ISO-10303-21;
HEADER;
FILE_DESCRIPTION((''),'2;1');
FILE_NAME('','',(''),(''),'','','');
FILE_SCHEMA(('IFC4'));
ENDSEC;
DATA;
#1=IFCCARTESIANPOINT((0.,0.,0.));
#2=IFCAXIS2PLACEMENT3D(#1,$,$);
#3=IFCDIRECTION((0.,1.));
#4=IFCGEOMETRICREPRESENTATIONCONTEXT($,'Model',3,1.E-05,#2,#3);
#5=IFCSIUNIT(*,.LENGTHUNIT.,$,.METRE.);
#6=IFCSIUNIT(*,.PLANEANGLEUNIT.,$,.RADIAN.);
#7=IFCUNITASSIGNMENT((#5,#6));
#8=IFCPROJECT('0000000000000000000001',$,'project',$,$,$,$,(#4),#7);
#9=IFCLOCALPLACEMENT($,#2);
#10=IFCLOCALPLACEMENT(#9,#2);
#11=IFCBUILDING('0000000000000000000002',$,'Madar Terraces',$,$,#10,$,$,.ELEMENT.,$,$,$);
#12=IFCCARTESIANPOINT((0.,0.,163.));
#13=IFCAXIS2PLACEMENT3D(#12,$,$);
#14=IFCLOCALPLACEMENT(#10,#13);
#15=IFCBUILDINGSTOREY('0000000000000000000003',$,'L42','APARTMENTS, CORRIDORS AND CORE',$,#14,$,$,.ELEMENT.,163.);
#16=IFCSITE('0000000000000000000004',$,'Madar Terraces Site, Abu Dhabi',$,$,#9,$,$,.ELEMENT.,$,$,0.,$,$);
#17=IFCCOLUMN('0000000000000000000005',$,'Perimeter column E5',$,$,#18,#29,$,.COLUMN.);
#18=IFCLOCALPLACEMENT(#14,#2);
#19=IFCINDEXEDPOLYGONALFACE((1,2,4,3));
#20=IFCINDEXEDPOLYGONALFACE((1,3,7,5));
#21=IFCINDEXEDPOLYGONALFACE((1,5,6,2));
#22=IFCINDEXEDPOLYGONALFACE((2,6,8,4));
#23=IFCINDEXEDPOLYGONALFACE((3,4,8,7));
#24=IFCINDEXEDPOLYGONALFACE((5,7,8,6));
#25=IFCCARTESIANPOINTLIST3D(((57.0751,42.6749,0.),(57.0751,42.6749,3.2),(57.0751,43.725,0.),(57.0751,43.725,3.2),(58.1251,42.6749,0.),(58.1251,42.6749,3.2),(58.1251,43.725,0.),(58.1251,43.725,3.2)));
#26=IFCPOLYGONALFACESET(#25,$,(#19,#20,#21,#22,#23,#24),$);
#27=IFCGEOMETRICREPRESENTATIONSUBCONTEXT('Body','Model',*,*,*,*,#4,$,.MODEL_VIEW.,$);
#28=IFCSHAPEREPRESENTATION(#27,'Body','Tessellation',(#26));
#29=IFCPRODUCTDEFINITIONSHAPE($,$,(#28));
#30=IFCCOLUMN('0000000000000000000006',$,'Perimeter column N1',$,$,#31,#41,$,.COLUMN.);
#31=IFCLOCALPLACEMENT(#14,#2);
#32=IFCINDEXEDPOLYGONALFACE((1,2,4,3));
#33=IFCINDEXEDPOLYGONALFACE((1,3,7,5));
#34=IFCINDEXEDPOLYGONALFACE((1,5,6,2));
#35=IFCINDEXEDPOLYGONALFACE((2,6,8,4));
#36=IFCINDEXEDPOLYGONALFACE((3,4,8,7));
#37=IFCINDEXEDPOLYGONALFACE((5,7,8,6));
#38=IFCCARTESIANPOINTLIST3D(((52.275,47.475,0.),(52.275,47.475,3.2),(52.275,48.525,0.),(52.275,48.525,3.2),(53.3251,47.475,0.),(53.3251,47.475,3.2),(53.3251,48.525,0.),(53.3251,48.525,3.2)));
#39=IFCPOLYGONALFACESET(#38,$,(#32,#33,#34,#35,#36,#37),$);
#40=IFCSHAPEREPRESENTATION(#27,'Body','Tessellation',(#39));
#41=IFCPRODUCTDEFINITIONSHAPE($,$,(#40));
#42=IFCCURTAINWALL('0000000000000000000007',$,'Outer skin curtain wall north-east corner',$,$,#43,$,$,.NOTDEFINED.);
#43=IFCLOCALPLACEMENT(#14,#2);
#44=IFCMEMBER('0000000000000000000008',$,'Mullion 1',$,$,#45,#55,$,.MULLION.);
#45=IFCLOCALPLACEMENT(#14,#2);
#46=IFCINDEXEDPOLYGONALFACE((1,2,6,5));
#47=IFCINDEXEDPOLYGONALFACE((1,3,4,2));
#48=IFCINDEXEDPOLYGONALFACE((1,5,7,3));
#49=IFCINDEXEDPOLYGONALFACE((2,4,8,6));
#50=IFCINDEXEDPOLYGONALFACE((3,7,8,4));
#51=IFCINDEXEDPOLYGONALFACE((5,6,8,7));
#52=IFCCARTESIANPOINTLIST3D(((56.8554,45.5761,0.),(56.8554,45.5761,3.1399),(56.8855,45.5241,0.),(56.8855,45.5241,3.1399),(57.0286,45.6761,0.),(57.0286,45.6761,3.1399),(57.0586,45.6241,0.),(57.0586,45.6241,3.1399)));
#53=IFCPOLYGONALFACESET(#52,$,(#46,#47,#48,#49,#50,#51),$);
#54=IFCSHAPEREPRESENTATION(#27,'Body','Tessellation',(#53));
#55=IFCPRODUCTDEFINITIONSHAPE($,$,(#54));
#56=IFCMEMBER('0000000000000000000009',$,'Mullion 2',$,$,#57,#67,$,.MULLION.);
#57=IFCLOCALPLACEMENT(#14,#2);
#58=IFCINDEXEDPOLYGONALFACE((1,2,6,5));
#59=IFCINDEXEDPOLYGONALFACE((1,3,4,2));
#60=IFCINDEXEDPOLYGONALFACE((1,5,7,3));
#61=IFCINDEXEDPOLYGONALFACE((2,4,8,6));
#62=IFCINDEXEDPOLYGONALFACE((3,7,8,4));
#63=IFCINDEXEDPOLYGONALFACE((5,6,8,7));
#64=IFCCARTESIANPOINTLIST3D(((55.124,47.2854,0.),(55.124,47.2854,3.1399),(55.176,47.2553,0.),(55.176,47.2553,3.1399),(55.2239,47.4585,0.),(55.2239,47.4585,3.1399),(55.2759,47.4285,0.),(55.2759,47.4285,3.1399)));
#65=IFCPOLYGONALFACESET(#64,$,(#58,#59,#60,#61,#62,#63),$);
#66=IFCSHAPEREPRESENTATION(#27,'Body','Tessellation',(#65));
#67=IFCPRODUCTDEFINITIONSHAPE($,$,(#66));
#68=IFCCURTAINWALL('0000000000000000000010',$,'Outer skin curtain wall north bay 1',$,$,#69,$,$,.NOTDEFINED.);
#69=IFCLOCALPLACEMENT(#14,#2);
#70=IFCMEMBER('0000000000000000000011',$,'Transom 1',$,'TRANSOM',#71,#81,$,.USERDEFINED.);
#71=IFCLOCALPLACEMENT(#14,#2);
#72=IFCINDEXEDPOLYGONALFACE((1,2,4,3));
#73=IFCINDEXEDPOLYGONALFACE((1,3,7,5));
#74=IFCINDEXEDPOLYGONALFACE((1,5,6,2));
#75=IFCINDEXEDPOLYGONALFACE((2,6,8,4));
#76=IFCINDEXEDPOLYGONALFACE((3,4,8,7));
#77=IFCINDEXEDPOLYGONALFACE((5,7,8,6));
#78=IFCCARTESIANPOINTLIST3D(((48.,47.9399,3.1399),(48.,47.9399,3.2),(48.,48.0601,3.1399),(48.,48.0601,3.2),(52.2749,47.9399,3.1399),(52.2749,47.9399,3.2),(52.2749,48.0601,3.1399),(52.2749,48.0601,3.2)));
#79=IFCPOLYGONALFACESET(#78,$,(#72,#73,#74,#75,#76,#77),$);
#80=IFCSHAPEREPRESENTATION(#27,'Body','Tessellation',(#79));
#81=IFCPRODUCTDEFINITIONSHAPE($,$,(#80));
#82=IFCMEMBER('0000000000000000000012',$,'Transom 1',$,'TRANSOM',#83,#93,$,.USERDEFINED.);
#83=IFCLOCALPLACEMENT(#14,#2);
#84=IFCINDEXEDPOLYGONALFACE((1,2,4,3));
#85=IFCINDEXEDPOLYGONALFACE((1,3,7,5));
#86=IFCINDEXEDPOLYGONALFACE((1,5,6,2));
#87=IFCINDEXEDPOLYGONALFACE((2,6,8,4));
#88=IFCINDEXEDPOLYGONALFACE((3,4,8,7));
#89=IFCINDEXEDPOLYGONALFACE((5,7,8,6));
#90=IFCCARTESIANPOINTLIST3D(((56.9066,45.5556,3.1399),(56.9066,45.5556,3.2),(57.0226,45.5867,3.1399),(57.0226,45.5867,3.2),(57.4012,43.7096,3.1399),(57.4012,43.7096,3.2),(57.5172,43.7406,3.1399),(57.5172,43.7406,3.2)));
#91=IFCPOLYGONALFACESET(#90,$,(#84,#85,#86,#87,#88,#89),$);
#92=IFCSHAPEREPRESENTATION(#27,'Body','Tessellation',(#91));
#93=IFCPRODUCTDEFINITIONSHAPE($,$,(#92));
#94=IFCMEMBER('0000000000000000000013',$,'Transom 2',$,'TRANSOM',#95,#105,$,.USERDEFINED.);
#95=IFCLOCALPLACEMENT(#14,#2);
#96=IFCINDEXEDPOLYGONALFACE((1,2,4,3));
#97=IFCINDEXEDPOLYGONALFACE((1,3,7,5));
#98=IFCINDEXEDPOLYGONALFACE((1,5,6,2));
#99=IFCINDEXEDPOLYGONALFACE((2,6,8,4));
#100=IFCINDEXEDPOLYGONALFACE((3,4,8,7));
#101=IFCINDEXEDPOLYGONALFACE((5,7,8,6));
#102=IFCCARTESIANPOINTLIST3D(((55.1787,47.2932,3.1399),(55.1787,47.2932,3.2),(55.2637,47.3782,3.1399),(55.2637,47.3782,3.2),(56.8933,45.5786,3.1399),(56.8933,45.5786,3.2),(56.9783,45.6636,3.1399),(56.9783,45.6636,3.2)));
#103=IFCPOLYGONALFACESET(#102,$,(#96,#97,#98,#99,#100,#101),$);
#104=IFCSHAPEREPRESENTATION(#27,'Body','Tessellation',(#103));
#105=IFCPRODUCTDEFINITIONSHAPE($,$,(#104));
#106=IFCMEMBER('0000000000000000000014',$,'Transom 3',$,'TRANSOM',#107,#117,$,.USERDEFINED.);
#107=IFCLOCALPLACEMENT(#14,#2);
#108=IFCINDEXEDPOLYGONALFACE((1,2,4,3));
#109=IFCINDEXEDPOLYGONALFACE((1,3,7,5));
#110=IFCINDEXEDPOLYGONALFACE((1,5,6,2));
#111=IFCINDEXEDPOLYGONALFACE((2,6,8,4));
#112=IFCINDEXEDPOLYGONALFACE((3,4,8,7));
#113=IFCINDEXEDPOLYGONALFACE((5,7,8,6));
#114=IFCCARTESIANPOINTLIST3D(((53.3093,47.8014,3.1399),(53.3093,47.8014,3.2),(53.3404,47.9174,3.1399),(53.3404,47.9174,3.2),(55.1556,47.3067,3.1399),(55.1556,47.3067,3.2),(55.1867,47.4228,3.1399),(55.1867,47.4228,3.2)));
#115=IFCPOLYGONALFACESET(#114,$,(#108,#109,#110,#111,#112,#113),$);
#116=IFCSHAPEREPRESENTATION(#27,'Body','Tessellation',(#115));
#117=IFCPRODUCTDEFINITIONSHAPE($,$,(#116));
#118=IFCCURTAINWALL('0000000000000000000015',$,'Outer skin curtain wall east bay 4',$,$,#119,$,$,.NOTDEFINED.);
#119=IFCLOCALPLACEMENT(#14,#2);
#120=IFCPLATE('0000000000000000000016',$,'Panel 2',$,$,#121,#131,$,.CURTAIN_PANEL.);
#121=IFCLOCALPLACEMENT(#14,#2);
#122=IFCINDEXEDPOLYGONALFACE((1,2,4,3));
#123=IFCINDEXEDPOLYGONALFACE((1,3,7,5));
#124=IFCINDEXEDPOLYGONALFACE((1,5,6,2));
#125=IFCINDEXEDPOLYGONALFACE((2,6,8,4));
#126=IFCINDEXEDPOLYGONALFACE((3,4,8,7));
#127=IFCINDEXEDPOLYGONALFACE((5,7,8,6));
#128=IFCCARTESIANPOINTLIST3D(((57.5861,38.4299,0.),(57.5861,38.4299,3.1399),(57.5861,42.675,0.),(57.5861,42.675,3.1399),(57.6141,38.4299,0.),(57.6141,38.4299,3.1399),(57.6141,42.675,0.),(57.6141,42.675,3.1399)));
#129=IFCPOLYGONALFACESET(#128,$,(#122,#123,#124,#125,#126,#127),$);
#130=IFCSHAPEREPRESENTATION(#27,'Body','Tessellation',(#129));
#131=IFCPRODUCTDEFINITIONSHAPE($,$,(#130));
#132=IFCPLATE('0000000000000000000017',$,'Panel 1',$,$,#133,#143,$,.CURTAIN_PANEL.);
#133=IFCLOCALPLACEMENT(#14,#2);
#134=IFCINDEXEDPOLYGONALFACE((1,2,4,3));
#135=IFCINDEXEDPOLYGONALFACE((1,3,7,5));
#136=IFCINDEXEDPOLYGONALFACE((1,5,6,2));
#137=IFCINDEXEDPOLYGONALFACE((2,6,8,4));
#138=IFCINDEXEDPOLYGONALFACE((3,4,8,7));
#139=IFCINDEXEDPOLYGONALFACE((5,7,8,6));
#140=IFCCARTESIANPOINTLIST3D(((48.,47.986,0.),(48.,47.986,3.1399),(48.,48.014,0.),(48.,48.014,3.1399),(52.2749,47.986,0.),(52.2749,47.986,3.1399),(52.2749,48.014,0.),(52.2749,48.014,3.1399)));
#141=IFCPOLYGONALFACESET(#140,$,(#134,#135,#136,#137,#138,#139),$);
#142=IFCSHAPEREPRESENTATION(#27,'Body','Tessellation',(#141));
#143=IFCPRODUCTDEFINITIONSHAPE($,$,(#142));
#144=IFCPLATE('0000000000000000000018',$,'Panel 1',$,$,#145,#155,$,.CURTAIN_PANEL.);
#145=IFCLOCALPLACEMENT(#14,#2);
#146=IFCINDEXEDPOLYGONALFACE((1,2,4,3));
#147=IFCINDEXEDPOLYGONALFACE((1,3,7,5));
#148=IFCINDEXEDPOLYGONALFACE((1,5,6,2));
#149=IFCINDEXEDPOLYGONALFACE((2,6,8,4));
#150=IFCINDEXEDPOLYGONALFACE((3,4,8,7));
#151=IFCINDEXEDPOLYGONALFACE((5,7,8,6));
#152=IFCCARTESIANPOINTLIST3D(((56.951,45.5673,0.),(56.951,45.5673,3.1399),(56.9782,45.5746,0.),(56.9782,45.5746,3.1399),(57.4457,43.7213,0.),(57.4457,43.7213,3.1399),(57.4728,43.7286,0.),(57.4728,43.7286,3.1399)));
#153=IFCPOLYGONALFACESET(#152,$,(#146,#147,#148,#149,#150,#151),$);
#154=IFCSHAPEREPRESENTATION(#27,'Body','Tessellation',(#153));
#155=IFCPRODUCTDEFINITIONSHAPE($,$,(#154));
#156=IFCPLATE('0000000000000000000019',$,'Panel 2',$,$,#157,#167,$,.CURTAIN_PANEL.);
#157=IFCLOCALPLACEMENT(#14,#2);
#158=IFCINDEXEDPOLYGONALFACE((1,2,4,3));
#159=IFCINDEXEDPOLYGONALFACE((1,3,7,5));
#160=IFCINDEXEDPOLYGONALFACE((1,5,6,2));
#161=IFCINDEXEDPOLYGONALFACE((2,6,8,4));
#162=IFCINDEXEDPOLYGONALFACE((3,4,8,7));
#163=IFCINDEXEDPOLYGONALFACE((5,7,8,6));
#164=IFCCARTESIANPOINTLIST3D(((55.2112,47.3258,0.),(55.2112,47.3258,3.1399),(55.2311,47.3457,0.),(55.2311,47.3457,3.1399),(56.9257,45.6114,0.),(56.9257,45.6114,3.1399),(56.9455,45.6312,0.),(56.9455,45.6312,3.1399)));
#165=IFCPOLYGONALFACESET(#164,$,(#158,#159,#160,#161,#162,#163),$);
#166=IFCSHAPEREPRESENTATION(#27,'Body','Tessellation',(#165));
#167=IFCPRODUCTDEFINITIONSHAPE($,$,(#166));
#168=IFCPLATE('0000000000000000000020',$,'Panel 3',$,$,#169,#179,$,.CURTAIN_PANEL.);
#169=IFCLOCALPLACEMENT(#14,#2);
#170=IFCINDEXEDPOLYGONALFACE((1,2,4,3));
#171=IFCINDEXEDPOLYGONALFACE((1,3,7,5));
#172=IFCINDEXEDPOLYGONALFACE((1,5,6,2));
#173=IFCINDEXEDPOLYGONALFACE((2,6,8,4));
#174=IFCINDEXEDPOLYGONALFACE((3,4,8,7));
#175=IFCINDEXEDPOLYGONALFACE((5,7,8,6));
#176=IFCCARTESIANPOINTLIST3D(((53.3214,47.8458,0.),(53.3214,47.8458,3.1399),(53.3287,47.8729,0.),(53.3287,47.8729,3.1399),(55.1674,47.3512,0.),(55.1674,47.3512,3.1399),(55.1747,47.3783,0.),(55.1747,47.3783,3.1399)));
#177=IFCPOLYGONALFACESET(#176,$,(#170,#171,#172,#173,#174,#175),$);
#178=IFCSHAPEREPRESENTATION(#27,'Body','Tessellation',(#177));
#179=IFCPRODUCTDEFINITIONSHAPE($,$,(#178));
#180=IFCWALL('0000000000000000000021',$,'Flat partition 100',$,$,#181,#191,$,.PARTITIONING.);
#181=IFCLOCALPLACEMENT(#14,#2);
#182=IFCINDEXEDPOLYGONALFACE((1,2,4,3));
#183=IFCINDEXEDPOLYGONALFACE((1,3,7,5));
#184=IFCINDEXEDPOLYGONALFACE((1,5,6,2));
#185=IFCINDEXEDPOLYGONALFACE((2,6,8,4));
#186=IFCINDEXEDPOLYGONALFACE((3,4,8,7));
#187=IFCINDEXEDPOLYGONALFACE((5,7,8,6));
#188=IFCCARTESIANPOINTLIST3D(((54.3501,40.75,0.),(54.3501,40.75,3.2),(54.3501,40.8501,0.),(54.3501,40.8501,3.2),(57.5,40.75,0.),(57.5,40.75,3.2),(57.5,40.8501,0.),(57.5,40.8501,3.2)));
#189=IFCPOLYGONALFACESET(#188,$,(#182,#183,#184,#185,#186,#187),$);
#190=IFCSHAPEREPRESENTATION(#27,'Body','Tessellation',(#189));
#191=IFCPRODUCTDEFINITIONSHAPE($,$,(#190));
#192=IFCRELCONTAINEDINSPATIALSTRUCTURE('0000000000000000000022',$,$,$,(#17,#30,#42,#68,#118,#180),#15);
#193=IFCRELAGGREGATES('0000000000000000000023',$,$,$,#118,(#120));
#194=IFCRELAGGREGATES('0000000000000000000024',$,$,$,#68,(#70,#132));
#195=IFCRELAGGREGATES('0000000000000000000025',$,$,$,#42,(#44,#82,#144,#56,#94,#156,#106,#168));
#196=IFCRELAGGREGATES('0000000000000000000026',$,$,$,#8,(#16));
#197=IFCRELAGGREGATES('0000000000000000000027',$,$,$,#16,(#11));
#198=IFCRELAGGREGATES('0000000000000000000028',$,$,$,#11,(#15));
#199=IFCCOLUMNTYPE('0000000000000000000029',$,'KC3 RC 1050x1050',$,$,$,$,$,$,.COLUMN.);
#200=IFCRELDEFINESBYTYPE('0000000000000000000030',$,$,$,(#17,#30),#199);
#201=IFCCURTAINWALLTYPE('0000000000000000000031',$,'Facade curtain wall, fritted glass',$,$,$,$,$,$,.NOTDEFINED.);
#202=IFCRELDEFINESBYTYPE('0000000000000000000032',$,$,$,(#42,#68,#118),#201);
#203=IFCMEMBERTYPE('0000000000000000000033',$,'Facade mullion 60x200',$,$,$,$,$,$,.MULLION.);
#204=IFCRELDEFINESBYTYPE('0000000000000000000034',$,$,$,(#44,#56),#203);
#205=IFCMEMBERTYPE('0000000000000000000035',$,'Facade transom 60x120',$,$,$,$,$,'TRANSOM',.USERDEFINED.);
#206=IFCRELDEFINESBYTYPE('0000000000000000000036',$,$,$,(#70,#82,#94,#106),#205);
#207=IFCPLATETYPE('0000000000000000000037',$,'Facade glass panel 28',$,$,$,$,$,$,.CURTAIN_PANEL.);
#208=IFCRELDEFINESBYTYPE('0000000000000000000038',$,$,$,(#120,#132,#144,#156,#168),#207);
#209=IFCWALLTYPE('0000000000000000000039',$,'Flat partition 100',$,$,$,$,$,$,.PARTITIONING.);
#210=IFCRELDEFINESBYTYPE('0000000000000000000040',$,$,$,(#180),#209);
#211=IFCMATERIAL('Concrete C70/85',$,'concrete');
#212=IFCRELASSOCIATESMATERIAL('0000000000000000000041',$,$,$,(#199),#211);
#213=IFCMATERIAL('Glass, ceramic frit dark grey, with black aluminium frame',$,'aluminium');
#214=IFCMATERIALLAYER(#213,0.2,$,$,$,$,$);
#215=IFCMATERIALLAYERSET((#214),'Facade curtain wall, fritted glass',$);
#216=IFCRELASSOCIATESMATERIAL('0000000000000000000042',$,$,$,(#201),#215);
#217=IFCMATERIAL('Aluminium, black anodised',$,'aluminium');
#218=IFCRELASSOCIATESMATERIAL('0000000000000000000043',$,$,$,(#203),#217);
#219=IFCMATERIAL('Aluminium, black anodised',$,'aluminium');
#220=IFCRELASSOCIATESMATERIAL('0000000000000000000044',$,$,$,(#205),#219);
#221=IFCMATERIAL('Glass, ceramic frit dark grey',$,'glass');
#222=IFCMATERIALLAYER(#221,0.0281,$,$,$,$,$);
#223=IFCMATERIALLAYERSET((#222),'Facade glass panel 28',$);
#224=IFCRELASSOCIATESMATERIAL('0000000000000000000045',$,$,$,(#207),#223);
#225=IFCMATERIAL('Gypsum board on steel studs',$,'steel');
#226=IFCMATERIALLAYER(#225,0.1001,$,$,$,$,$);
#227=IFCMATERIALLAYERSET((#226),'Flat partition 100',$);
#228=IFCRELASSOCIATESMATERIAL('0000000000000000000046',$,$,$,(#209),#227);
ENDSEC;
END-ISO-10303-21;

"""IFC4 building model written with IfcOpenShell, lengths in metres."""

from ifc_helpers import new_model, si_unit, direction, frame, frame_2d, origin, origin_2d, place, context, subcontext, project, spatial, rectangle, extrude, material, layer, layer_set, material_profile, profile_set, type_object, element, aggregate, save


model = new_model("IFC4")

# Units and contexts
model_context = context("Model", 3, precision=1e-05, world=origin(), true_north=direction((0.0, 1.0)))
body_context = subcontext(model_context, "Body", "Model", "MODEL_VIEW")
ifc_project = project(units=[si_unit("LENGTHUNIT", "METRE"), si_unit("PLANEANGLEUNIT", "RADIAN")], contexts=[model_context])

# Site, building, storey
site_placement = place(None, origin())
site = spatial("IfcSite", under=ifc_project, at=site_placement, Name="Madar Terraces Site, Abu Dhabi", CompositionType="ELEMENT", RefElevation=0.0)
building_placement = place(site_placement, origin())
building = spatial("IfcBuilding", under=site, at=building_placement, Name="Madar Terraces", CompositionType="ELEMENT")
storey_placement = place(building_placement, frame((0.0, 0.0, 163.0)))
storey = spatial("IfcBuildingStorey", under=building, at=storey_placement, Name="L42", Description="APARTMENTS, CORRIDORS AND CORE", CompositionType="ELEMENT", Elevation=163.0)

# Columns
ifc_material_1 = material(Name="Concrete C70/85", Category="concrete")
ifc_material_profile_1 = material_profile(ifc_material_1, rectangle(XDim=1.05, YDim=1.05, at=origin_2d()), Name="KC3 RC 1050x1050")
ifc_profile_set_1 = profile_set([ifc_material_profile_1], Name="Concrete C70/85")
column_type = type_object("IfcColumnType", Name="KC3 RC 1050x1050", PredefinedType="COLUMN", material=ifc_profile_set_1)
for number, where, z_axis, x_axis, name in (
    (1, (57.6001, 43.2, 0.0), (0.0, 0.0, 1.0), (1.0, 0.0, 0.0), "Perimeter column E5"),
    (2, (52.8, 48.0, 0.0), (0.0, 0.0, 1.0), (1.0, 0.0, 0.0), "Perimeter column N1"),
):
    element("IfcColumn", number, at=place(storey_placement, frame(where, z_axis=z_axis, x_axis=x_axis)), inside=storey, type_object=column_type, Name=name, PredefinedType="COLUMN", context=body_context, shape_type="SweptSolid", body=[
        extrude(rectangle(XDim=1.05, YDim=1.05, at=origin_2d()), origin(), (0.0, 0.0, 1.0), 3.2),
    ])

# Curtain wall, members
ifc_material_2 = material(Name="Glass, ceramic frit dark grey, with black aluminium frame", Category="aluminium")
ifc_layer_1 = layer(ifc_material_2, 0.2)
ifc_layer_set_1 = layer_set([ifc_layer_1], Name="Facade curtain wall, fritted glass")
curtain_wall_type = type_object("IfcCurtainWallType", Name="Facade curtain wall, fritted glass", PredefinedType="NOTDEFINED", material=ifc_layer_set_1)
curtain_wall_1_placement = place(storey_placement, origin())
curtain_wall_1 = element("IfcCurtainWall", 3, at=curtain_wall_1_placement, inside=storey, type_object=curtain_wall_type, Name="Outer skin curtain wall north-east corner", PredefinedType="NOTDEFINED")
ifc_material_3 = material(Name="Aluminium, black anodised", Category="aluminium")
ifc_material_profile_2 = material_profile(ifc_material_3, rectangle(XDim=0.2, YDim=0.0601, at=origin_2d()), Name="Facade mullion 60x200")
ifc_profile_set_2 = profile_set([ifc_material_profile_2], Name="Aluminium, black anodised")
member_type_1 = type_object("IfcMemberType", Name="Facade mullion 60x200", PredefinedType="MULLION", material=ifc_profile_set_2)
member_1_placement = place(storey_placement, frame((56.957, 45.6001, 0.0), z_axis=(0.0, 0.0, 1.0), x_axis=(-0.866025, -0.5, 0.0)))
member_1 = element("IfcMember", 4, at=member_1_placement, type_object=member_type_1, Name="Mullion 1", PredefinedType="MULLION", context=body_context, shape_type="SweptSolid", body=[
    extrude(rectangle(XDim=0.2, YDim=0.0601, at=origin_2d()), origin(), (0.0, 0.0, 1.0), 3.1399),
])
member_2_placement = place(storey_placement, frame((55.2, 47.3569, 0.0), z_axis=(0.0, 0.0, 1.0), x_axis=(-0.5, -0.866025, 0.0)))
member_2 = element("IfcMember", 5, at=member_2_placement, type_object=member_type_1, Name="Mullion 2", PredefinedType="MULLION", context=body_context, shape_type="SweptSolid", body=[
    extrude(rectangle(XDim=0.2, YDim=0.0601, at=origin_2d()), origin(), (0.0, 0.0, 1.0), 3.1399),
])

# Curtain wall, member
curtain_wall_2_placement = place(storey_placement, origin())
curtain_wall_2 = element("IfcCurtainWall", 6, at=curtain_wall_2_placement, inside=storey, type_object=curtain_wall_type, Name="Outer skin curtain wall north bay 1", PredefinedType="NOTDEFINED")
ifc_material_4 = material(Name="Aluminium, black anodised", Category="aluminium")
ifc_material_profile_3 = material_profile(ifc_material_4, rectangle(XDim=0.1201, YDim=0.0601, at=origin_2d()), Name="Facade transom 60x120")
ifc_profile_set_3 = profile_set([ifc_material_profile_3], Name="Aluminium, black anodised")
member_type_2 = type_object("IfcMemberType", Name="Facade transom 60x120", ElementType="TRANSOM", PredefinedType="USERDEFINED", material=ifc_profile_set_3)
member_3_placement = place(storey_placement, frame((52.2749, 48.0, 3.1699), z_axis=(-1.0, 0.0, 0.0), x_axis=(0.0, -1.0, 0.0)))
member_3 = element("IfcMember", 7, at=member_3_placement, type_object=member_type_2, Name="Transom 1", ObjectType="TRANSOM", PredefinedType="USERDEFINED", context=body_context, shape_type="SweptSolid", body=[
    extrude(rectangle(XDim=0.1201, YDim=0.0601, at=origin_2d()), origin(), (0.0, 0.0, 1.0), 4.2749),
])

# Members
member_4_placement = place(storey_placement, frame((57.4592, 43.7251, 3.1699), z_axis=(-0.258823, 0.965925, 0.0), x_axis=(-0.965925, -0.258823, 0.0)))
member_4 = element("IfcMember", 8, at=member_4_placement, type_object=member_type_2, Name="Transom 1", ObjectType="TRANSOM", PredefinedType="USERDEFINED", context=body_context, shape_type="SweptSolid", body=[
    extrude(rectangle(XDim=0.1201, YDim=0.0601, at=origin_2d()), origin(), (0.0, 0.0, 1.0), 1.9111),
])
member_5_placement = place(storey_placement, frame((56.9358, 45.6211, 3.1699), z_axis=(-0.707107, 0.707107, 0.0), x_axis=(-0.707107, -0.707107, 0.0)))
member_5 = element("IfcMember", 9, at=member_5_placement, type_object=member_type_2, Name="Transom 2", ObjectType="TRANSOM", PredefinedType="USERDEFINED", context=body_context, shape_type="SweptSolid", body=[
    extrude(rectangle(XDim=0.1201, YDim=0.0601, at=origin_2d()), origin(), (0.0, 0.0, 1.0), 2.4248),
])
member_6_placement = place(storey_placement, frame((55.1711, 47.3647, 3.1699), z_axis=(-0.965933, 0.258791, 0.0), x_axis=(-0.258791, -0.965933, 0.0)))
member_6 = element("IfcMember", 10, at=member_6_placement, type_object=member_type_2, Name="Transom 3", ObjectType="TRANSOM", PredefinedType="USERDEFINED", context=body_context, shape_type="SweptSolid", body=[
    extrude(rectangle(XDim=0.1201, YDim=0.0601, at=origin_2d()), origin(), (0.0, 0.0, 1.0), 1.9114),
])

# Curtain wall, plate
curtain_wall_3_placement = place(storey_placement, origin())
curtain_wall_3 = element("IfcCurtainWall", 11, at=curtain_wall_3_placement, inside=storey, type_object=curtain_wall_type, Name="Outer skin curtain wall east bay 4", PredefinedType="NOTDEFINED")
ifc_material_5 = material(Name="Glass, ceramic frit dark grey", Category="glass")
ifc_layer_2 = layer(ifc_material_5, 0.0281)
ifc_layer_set_2 = layer_set([ifc_layer_2], Name="Facade glass panel 28")
plate_type = type_object("IfcPlateType", Name="Facade glass panel 28", PredefinedType="CURTAIN_PANEL", material=ifc_layer_set_2)
plate_1_placement = place(storey_placement, frame((57.6001, 40.5525, 0.0), z_axis=(0.0, 0.0, 1.0), x_axis=(0.0, 1.0, 0.0)))
plate_1 = element("IfcPlate", 12, at=plate_1_placement, type_object=plate_type, Name="Panel 2", PredefinedType="CURTAIN_PANEL", context=body_context, shape_type="SweptSolid", body=[
    extrude(rectangle(XDim=4.2451, YDim=0.0281, at=origin_2d()), origin(), (0.0, 0.0, 1.0), 3.1399),
])
aggregate(curtain_wall_3, [plate_1])

# Plates
plate_2_placement = place(storey_placement, frame((50.1375, 48.0, 0.0), z_axis=(0.0, 0.0, 1.0), x_axis=(-1.0, 0.0, 0.0)))
plate_2 = element("IfcPlate", 13, at=plate_2_placement, type_object=plate_type, Name="Panel 1", PredefinedType="CURTAIN_PANEL", context=body_context, shape_type="SweptSolid", body=[
    extrude(rectangle(XDim=4.2749, YDim=0.0281, at=origin_2d()), origin(), (0.0, 0.0, 1.0), 3.1399),
])
aggregate(curtain_wall_2, [member_3, plate_2])
plate_3_placement = place(storey_placement, frame((57.2119, 44.6479, 0.0), z_axis=(0.0, 0.0, 1.0), x_axis=(-0.258819, 0.965926, 0.0)))
plate_3 = element("IfcPlate", 14, at=plate_3_placement, type_object=plate_type, Name="Panel 1", PredefinedType="CURTAIN_PANEL", context=body_context, shape_type="SweptSolid", body=[
    extrude(rectangle(XDim=1.9111, YDim=0.0281, at=origin_2d()), origin(), (0.0, 0.0, 1.0), 3.1399),
])
plate_4_placement = place(storey_placement, frame((56.0784, 46.4785, 0.0), z_axis=(0.0, 0.0, 1.0), x_axis=(-0.707107, 0.707107, 0.0)))
plate_4 = element("IfcPlate", 15, at=plate_4_placement, type_object=plate_type, Name="Panel 2", PredefinedType="CURTAIN_PANEL", context=body_context, shape_type="SweptSolid", body=[
    extrude(rectangle(XDim=2.4246, YDim=0.0281, at=origin_2d()), origin(), (0.0, 0.0, 1.0), 3.1399),
])
plate_5_placement = place(storey_placement, frame((54.248, 47.6121, 0.0), z_axis=(0.0, 0.0, 1.0), x_axis=(-0.965926, 0.258819, 0.0)))
plate_5 = element("IfcPlate", 16, at=plate_5_placement, type_object=plate_type, Name="Panel 3", PredefinedType="CURTAIN_PANEL", context=body_context, shape_type="SweptSolid", body=[
    extrude(rectangle(XDim=1.9111, YDim=0.0281, at=origin_2d()), origin(), (0.0, 0.0, 1.0), 3.1399),
])
aggregate(curtain_wall_1, [member_1, member_4, plate_3, member_2, member_5, plate_4, member_6, plate_5])

# Wall
ifc_material_6 = material(Name="Gypsum board on steel studs", Category="steel")
ifc_layer_3 = layer(ifc_material_6, 0.1001)
ifc_layer_set_3 = layer_set([ifc_layer_3], Name="Flat partition 100")
wall_type_1 = type_object("IfcWallType", Name="Flat partition 100", PredefinedType="PARTITIONING", material=ifc_layer_set_3)
wall_1_placement = place(storey_placement, frame((54.3501, 40.8, 0.0), z_axis=(0.0, 0.0, 1.0), x_axis=(1.0, 0.0, 0.0)))
element("IfcWall", 17, at=wall_1_placement, inside=storey, type_object=wall_type_1, Name="Flat partition 100", PredefinedType="PARTITIONING", context=body_context, shape_type="SweptSolid", body=[
    extrude(rectangle(XDim=3.1499, YDim=0.1001, at=frame_2d((1.575, 0.0))), origin(), (0.0, 0.0, 1.0), 3.2),
])

save(model, "model.ifc")
